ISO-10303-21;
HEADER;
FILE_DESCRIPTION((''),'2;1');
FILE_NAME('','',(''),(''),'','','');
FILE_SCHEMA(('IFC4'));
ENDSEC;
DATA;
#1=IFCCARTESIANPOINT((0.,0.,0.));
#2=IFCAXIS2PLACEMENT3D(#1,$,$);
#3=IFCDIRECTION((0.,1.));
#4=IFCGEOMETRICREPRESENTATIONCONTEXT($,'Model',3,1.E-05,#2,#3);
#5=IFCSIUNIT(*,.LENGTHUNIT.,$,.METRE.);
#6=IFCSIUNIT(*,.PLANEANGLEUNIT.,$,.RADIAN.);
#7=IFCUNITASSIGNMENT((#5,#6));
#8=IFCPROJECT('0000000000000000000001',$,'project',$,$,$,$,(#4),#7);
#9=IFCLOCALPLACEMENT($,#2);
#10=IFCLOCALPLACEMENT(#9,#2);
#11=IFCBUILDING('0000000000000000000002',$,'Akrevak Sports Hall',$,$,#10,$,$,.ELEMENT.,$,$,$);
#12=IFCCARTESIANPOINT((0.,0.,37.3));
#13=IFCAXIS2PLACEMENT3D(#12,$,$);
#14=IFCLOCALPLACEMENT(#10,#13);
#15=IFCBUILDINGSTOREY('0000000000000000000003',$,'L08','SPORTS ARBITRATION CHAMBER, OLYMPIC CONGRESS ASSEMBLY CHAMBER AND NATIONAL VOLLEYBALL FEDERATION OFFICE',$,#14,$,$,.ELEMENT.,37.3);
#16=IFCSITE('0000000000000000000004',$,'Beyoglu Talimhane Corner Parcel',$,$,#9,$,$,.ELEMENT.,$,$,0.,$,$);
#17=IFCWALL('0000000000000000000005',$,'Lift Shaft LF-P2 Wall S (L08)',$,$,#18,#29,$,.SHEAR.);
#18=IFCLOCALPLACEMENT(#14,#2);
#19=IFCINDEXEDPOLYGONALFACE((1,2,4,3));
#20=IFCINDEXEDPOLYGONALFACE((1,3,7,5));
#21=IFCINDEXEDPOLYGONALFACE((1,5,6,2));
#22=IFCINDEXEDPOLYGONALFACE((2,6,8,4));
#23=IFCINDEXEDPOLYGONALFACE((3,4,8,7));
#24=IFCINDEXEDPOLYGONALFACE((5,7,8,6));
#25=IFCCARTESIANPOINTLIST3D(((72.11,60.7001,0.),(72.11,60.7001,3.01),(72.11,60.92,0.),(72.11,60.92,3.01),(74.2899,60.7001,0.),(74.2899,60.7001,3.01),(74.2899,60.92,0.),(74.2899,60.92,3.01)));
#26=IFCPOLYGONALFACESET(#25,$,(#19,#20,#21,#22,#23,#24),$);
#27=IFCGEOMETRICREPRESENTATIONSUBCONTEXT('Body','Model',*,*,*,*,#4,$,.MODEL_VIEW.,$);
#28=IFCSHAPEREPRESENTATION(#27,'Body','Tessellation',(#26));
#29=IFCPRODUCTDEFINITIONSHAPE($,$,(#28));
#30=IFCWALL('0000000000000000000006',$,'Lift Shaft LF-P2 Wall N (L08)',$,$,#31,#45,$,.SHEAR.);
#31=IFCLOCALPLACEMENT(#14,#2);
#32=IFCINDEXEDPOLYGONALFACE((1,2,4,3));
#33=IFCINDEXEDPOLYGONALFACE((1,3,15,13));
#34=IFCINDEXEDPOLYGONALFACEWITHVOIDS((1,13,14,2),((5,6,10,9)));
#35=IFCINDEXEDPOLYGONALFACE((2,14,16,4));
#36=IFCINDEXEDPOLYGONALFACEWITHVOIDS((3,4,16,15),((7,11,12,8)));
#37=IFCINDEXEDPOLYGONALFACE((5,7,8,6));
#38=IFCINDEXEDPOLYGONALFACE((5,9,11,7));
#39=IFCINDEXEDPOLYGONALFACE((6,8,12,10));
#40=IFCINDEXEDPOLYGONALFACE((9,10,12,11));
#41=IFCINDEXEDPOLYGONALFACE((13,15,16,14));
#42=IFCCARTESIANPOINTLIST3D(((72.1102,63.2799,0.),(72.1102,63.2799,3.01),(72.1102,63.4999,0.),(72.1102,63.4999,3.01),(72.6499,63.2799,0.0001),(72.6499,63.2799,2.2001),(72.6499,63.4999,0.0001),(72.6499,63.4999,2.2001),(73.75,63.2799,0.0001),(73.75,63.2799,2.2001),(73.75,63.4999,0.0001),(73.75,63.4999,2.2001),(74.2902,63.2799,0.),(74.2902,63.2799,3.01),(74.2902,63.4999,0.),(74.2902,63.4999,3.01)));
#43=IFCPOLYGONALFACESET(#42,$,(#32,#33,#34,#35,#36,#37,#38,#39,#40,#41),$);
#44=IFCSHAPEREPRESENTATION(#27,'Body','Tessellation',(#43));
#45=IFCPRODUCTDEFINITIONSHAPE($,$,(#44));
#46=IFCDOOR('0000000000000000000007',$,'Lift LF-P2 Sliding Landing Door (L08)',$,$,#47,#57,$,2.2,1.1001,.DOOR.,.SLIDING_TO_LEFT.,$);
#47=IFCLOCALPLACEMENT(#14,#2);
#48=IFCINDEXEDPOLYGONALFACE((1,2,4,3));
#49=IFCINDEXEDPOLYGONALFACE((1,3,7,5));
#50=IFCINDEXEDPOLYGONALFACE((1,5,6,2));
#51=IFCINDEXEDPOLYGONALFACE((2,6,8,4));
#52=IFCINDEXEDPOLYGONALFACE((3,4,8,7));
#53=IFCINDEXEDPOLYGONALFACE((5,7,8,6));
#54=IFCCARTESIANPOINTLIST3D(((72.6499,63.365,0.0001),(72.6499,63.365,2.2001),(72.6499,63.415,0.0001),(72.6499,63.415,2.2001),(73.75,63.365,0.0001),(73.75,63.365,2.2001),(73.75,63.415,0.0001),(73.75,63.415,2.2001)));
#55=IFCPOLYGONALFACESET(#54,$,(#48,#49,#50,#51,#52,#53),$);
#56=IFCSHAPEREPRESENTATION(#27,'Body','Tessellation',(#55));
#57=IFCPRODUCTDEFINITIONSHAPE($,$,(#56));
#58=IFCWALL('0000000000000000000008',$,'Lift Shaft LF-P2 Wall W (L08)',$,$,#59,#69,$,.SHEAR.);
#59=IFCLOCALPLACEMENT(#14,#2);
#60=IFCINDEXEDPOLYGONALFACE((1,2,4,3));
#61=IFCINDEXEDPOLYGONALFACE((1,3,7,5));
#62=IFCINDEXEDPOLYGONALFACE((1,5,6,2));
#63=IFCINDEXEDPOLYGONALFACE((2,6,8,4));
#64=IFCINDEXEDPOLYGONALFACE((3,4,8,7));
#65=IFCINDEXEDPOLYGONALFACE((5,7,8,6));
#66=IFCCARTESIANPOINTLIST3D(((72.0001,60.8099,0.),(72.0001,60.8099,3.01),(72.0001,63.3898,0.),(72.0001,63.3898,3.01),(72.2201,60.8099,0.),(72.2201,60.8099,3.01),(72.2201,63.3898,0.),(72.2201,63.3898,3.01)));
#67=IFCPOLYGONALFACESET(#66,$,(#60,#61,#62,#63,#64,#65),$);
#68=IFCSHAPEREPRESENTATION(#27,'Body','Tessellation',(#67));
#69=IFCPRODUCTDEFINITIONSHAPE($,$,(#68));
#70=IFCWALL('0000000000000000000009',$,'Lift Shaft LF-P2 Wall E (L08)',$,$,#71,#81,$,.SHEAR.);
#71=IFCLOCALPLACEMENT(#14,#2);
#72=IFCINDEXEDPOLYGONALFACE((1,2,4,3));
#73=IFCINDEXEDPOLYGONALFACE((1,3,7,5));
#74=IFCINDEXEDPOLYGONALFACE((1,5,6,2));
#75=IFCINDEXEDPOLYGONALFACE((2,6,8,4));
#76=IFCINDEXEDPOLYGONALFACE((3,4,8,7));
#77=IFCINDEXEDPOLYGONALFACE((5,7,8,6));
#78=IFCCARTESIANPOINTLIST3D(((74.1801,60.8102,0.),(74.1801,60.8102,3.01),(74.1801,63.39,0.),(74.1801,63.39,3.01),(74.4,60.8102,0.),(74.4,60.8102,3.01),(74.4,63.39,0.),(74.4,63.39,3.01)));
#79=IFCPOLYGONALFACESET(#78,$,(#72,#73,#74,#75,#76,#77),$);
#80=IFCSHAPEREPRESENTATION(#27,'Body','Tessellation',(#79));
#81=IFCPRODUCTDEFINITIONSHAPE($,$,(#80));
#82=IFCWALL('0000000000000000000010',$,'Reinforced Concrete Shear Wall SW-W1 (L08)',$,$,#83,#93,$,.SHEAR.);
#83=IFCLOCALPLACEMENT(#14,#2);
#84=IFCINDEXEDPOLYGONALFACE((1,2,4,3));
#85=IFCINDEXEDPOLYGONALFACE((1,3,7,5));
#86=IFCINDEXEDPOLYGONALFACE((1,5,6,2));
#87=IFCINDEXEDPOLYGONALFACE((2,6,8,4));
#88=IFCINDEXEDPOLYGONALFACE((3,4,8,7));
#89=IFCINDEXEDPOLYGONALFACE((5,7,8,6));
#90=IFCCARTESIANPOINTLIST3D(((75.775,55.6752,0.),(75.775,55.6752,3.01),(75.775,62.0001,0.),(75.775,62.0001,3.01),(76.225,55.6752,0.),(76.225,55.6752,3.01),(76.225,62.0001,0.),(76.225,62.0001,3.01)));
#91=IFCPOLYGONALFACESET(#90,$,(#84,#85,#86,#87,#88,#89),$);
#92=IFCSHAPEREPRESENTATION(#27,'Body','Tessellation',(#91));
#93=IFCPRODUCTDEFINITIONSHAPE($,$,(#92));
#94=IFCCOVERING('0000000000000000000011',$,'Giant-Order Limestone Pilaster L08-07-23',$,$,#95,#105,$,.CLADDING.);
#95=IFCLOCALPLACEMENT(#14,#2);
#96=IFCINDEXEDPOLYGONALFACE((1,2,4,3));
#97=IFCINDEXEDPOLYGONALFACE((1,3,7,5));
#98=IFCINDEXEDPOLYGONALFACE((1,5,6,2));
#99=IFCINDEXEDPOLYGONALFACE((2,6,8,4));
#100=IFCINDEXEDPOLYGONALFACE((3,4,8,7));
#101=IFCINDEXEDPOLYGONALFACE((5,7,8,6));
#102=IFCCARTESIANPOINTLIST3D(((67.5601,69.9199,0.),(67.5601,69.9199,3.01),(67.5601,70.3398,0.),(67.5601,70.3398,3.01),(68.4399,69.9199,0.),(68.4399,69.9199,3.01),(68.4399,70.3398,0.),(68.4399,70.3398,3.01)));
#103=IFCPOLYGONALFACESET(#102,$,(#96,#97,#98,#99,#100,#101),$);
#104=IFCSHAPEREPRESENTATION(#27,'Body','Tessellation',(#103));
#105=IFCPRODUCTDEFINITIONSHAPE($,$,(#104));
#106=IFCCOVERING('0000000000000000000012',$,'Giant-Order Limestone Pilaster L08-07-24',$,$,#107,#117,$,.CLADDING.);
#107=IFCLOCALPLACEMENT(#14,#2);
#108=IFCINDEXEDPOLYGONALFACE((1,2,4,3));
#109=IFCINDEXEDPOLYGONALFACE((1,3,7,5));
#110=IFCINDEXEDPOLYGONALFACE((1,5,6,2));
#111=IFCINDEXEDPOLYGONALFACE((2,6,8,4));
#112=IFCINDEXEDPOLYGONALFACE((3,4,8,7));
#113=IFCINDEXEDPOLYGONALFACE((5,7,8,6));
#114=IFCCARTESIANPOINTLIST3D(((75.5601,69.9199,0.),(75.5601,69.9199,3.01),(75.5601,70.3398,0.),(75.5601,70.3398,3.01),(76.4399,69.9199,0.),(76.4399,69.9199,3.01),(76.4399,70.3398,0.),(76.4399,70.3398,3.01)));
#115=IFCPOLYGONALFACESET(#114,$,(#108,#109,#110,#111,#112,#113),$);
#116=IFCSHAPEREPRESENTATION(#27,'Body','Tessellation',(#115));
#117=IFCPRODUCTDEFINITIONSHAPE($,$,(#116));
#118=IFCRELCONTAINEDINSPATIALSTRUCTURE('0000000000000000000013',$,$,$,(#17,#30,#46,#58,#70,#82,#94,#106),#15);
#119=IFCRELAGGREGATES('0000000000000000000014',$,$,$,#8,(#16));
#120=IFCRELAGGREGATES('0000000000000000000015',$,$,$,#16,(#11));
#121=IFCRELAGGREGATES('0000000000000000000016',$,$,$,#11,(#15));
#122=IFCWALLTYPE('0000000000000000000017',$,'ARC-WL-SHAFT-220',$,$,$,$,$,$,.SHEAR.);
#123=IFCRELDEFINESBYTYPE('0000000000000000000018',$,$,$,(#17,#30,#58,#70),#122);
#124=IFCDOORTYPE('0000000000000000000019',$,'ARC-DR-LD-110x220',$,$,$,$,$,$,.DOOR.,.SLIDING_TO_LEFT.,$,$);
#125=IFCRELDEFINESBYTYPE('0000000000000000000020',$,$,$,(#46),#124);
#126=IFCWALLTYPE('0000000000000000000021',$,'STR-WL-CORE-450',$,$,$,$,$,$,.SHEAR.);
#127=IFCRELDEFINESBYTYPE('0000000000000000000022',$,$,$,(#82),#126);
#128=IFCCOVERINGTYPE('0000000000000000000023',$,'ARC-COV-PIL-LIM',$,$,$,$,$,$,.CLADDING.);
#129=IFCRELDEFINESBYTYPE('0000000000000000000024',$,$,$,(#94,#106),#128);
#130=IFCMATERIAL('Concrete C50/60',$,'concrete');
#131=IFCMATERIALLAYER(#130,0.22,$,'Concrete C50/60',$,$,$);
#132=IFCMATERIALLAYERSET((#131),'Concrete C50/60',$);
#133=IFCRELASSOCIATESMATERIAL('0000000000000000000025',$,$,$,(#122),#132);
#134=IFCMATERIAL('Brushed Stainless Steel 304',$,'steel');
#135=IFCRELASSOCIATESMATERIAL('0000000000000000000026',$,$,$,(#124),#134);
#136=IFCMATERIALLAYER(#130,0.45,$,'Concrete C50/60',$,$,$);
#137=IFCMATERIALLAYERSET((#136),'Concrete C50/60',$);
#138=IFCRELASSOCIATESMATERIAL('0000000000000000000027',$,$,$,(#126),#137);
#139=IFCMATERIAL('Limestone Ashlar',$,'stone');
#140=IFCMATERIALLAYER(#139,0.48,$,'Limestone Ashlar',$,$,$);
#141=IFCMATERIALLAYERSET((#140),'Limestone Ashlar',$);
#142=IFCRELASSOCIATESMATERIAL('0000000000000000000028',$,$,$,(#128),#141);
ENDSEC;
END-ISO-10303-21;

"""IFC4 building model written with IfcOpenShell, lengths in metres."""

from ifc_helpers import new_model, si_unit, direction, frame, frame_2d, origin, origin_2d, place, context, subcontext, project, spatial, rectangle, extrude, material, layer, layer_set, type_object, element, fill, save


model = new_model("IFC4")

# Units and contexts
model_context = context("Model", 3, precision=1e-05, world=origin(), true_north=direction((0.0, 1.0)))
body_context = subcontext(model_context, "Body", "Model", "MODEL_VIEW")
ifc_project = project(units=[si_unit("LENGTHUNIT", "METRE"), si_unit("PLANEANGLEUNIT", "RADIAN")], contexts=[model_context])

# Site, building, storey
site_placement = place(None, origin())
site = spatial("IfcSite", under=ifc_project, at=site_placement, Name="Beyoglu Talimhane Corner Parcel", CompositionType="ELEMENT", RefElevation=0.0)
building_placement = place(site_placement, origin())
building = spatial("IfcBuilding", under=site, at=building_placement, Name="Akrevak Sports Hall", CompositionType="ELEMENT")
storey_placement = place(building_placement, frame((0.0, 0.0, 37.3)))
storey = spatial("IfcBuildingStorey", under=building, at=storey_placement, Name="L08", Description="SPORTS ARBITRATION CHAMBER, OLYMPIC CONGRESS ASSEMBLY CHAMBER AND NATIONAL VOLLEYBALL FEDERATION OFFICE", CompositionType="ELEMENT", Elevation=37.3)

# Shared definitions
ifc_material_1 = material(Name="Concrete C50/60", Category="concrete")
ifc_layer_1 = layer(ifc_material_1, 0.22, Name="Concrete C50/60")
ifc_layer_set_1 = layer_set([ifc_layer_1], Name="Concrete C50/60")
wall_type_1 = type_object("IfcWallType", Name="ARC-WL-SHAFT-220", PredefinedType="SHEAR", material=ifc_layer_set_1)

# Shared definitions
ifc_material_2 = material(Name="Brushed Stainless Steel 304", Category="steel")
door_type_1 = type_object("IfcDoorType", Name="ARC-DR-LD-110x220", OperationType="SLIDING_TO_LEFT", PredefinedType="DOOR", material=ifc_material_2)

# Wall
wall_1_placement = place(storey_placement, frame((72.1101, 60.8101, 0.0), z_axis=(0.0, 0.0, 1.0), x_axis=(1.0, 0.0, 0.0)))
element("IfcWall", 1, at=wall_1_placement, inside=storey, type_object=wall_type_1, Name="Lift Shaft LF-P2 Wall S (L08)", PredefinedType="SHEAR", context=body_context, shape_type="SweptSolid", body=[
    extrude(rectangle(XDim=2.1799, YDim=0.22, at=frame_2d((1.0898, 0.0))), origin(), (0.0, 0.0, 1.0), 3.01),
])

# Wall, opening, door
wall_2_placement = place(storey_placement, frame((74.29, 63.3899, 0.0), z_axis=(0.0, 0.0, 1.0), x_axis=(-1.0, 0.0, 0.0)))
wall_2 = element("IfcWall", 2, at=wall_2_placement, inside=storey, type_object=wall_type_1, Name="Lift Shaft LF-P2 Wall N (L08)", PredefinedType="SHEAR", context=body_context, shape_type="SweptSolid", body=[
    extrude(rectangle(XDim=2.1799, YDim=0.22, at=frame_2d((1.0898, 0.0))), origin(), (0.0, 0.0, 1.0), 3.01),
])
opening_1_placement = place(wall_2_placement, frame((0.54, 0.0, 0.0)))
opening_1 = element("IfcOpeningElement", 3, at=opening_1_placement, cuts=wall_2, PredefinedType="OPENING", context=body_context, shape_type="SweptSolid", body=[
    extrude(rectangle(XDim=1.1001, YDim=2.2, at=frame_2d((0.55, 1.1001))), frame((0.0, 0.1221, 0.0), z_axis=(0.0, -1.0, 0.0), x_axis=(1.0, 0.0, 0.0)), (0.0, 0.0, 1.0), 0.2439),
])
door_1_placement = place(opening_1_placement, origin())
door_1 = element("IfcDoor", 4, at=door_1_placement, inside=storey, type_object=door_type_1, Name="Lift LF-P2 Sliding Landing Door (L08)", OperationType="SLIDING_TO_LEFT", OverallHeight=2.2, OverallWidth=1.1001, PredefinedType="DOOR", context=body_context, shape_type="SweptSolid", body=[
    extrude(rectangle(XDim=1.1001, YDim=2.2, at=frame_2d((0.55, 1.1001))), frame((0.0, 0.0249, 0.0), z_axis=(0.0, -1.0, 0.0), x_axis=(1.0, 0.0, 0.0)), (0.0, 0.0, 1.0), 0.05),
])
fill(opening_1, door_1)

# Walls
for number, where, z_axis, x_axis, name in (
    (5, (72.1101, 63.3899, 0.0), (0.0, 0.0, 1.0), (0.0, -1.0, 0.0), "Lift Shaft LF-P2 Wall W (L08)"),
    (6, (74.29, 60.8101, 0.0), (0.0, 0.0, 1.0), (0.0, 1.0, 0.0), "Lift Shaft LF-P2 Wall E (L08)"),
):
    element("IfcWall", number, at=place(storey_placement, frame(where, z_axis=z_axis, x_axis=x_axis)), inside=storey, type_object=wall_type_1, Name=name, PredefinedType="SHEAR", context=body_context, shape_type="SweptSolid", body=[
        extrude(rectangle(XDim=2.5798, YDim=0.22, at=frame_2d((1.29, 0.0))), origin(), (0.0, 0.0, 1.0), 3.01),
    ])
ifc_layer_2 = layer(ifc_material_1, 0.45, Name="Concrete C50/60")
ifc_layer_set_2 = layer_set([ifc_layer_2], Name="Concrete C50/60")
wall_type_2 = type_object("IfcWallType", Name="STR-WL-CORE-450", PredefinedType="SHEAR", material=ifc_layer_set_2)
wall_3_placement = place(storey_placement, frame((76.0, 55.675, 0.0), z_axis=(0.0, 0.0, 1.0), x_axis=(0.0, 1.0, 0.0)))
element("IfcWall", 7, at=wall_3_placement, inside=storey, type_object=wall_type_2, Name="Reinforced Concrete Shear Wall SW-W1 (L08)", PredefinedType="SHEAR", context=body_context, shape_type="SweptSolid", body=[
    extrude(rectangle(XDim=6.325, YDim=0.45, at=frame_2d((3.1626, 0.0))), origin(), (0.0, 0.0, 1.0), 3.01),
])

# Coverings
ifc_material_3 = material(Name="Limestone Ashlar", Category="stone")
ifc_layer_3 = layer(ifc_material_3, 0.48, Name="Limestone Ashlar")
ifc_layer_set_3 = layer_set([ifc_layer_3], Name="Limestone Ashlar")
covering_type = type_object("IfcCoveringType", Name="ARC-COV-PIL-LIM", PredefinedType="CLADDING", material=ifc_layer_set_3)
for number, where, z_axis, x_axis, name in (
    (8, (68.0, 70.1299, 0.0), (0.0, 0.0, 1.0), (-1.0, 0.0, 0.0), "Giant-Order Limestone Pilaster L08-07-23"),
    (9, (76.0, 70.1299, 0.0), (0.0, 0.0, 1.0), (-1.0, 0.0, 0.0), "Giant-Order Limestone Pilaster L08-07-24"),
):
    element("IfcCovering", number, at=place(storey_placement, frame(where, z_axis=z_axis, x_axis=x_axis)), inside=storey, type_object=covering_type, Name=name, PredefinedType="CLADDING", context=body_context, shape_type="SweptSolid", body=[
        extrude(rectangle(XDim=0.8799, YDim=0.4199, at=origin_2d()), origin(), (0.0, 0.0, 1.0), 3.01),
    ])

save(model, "model.ifc")
